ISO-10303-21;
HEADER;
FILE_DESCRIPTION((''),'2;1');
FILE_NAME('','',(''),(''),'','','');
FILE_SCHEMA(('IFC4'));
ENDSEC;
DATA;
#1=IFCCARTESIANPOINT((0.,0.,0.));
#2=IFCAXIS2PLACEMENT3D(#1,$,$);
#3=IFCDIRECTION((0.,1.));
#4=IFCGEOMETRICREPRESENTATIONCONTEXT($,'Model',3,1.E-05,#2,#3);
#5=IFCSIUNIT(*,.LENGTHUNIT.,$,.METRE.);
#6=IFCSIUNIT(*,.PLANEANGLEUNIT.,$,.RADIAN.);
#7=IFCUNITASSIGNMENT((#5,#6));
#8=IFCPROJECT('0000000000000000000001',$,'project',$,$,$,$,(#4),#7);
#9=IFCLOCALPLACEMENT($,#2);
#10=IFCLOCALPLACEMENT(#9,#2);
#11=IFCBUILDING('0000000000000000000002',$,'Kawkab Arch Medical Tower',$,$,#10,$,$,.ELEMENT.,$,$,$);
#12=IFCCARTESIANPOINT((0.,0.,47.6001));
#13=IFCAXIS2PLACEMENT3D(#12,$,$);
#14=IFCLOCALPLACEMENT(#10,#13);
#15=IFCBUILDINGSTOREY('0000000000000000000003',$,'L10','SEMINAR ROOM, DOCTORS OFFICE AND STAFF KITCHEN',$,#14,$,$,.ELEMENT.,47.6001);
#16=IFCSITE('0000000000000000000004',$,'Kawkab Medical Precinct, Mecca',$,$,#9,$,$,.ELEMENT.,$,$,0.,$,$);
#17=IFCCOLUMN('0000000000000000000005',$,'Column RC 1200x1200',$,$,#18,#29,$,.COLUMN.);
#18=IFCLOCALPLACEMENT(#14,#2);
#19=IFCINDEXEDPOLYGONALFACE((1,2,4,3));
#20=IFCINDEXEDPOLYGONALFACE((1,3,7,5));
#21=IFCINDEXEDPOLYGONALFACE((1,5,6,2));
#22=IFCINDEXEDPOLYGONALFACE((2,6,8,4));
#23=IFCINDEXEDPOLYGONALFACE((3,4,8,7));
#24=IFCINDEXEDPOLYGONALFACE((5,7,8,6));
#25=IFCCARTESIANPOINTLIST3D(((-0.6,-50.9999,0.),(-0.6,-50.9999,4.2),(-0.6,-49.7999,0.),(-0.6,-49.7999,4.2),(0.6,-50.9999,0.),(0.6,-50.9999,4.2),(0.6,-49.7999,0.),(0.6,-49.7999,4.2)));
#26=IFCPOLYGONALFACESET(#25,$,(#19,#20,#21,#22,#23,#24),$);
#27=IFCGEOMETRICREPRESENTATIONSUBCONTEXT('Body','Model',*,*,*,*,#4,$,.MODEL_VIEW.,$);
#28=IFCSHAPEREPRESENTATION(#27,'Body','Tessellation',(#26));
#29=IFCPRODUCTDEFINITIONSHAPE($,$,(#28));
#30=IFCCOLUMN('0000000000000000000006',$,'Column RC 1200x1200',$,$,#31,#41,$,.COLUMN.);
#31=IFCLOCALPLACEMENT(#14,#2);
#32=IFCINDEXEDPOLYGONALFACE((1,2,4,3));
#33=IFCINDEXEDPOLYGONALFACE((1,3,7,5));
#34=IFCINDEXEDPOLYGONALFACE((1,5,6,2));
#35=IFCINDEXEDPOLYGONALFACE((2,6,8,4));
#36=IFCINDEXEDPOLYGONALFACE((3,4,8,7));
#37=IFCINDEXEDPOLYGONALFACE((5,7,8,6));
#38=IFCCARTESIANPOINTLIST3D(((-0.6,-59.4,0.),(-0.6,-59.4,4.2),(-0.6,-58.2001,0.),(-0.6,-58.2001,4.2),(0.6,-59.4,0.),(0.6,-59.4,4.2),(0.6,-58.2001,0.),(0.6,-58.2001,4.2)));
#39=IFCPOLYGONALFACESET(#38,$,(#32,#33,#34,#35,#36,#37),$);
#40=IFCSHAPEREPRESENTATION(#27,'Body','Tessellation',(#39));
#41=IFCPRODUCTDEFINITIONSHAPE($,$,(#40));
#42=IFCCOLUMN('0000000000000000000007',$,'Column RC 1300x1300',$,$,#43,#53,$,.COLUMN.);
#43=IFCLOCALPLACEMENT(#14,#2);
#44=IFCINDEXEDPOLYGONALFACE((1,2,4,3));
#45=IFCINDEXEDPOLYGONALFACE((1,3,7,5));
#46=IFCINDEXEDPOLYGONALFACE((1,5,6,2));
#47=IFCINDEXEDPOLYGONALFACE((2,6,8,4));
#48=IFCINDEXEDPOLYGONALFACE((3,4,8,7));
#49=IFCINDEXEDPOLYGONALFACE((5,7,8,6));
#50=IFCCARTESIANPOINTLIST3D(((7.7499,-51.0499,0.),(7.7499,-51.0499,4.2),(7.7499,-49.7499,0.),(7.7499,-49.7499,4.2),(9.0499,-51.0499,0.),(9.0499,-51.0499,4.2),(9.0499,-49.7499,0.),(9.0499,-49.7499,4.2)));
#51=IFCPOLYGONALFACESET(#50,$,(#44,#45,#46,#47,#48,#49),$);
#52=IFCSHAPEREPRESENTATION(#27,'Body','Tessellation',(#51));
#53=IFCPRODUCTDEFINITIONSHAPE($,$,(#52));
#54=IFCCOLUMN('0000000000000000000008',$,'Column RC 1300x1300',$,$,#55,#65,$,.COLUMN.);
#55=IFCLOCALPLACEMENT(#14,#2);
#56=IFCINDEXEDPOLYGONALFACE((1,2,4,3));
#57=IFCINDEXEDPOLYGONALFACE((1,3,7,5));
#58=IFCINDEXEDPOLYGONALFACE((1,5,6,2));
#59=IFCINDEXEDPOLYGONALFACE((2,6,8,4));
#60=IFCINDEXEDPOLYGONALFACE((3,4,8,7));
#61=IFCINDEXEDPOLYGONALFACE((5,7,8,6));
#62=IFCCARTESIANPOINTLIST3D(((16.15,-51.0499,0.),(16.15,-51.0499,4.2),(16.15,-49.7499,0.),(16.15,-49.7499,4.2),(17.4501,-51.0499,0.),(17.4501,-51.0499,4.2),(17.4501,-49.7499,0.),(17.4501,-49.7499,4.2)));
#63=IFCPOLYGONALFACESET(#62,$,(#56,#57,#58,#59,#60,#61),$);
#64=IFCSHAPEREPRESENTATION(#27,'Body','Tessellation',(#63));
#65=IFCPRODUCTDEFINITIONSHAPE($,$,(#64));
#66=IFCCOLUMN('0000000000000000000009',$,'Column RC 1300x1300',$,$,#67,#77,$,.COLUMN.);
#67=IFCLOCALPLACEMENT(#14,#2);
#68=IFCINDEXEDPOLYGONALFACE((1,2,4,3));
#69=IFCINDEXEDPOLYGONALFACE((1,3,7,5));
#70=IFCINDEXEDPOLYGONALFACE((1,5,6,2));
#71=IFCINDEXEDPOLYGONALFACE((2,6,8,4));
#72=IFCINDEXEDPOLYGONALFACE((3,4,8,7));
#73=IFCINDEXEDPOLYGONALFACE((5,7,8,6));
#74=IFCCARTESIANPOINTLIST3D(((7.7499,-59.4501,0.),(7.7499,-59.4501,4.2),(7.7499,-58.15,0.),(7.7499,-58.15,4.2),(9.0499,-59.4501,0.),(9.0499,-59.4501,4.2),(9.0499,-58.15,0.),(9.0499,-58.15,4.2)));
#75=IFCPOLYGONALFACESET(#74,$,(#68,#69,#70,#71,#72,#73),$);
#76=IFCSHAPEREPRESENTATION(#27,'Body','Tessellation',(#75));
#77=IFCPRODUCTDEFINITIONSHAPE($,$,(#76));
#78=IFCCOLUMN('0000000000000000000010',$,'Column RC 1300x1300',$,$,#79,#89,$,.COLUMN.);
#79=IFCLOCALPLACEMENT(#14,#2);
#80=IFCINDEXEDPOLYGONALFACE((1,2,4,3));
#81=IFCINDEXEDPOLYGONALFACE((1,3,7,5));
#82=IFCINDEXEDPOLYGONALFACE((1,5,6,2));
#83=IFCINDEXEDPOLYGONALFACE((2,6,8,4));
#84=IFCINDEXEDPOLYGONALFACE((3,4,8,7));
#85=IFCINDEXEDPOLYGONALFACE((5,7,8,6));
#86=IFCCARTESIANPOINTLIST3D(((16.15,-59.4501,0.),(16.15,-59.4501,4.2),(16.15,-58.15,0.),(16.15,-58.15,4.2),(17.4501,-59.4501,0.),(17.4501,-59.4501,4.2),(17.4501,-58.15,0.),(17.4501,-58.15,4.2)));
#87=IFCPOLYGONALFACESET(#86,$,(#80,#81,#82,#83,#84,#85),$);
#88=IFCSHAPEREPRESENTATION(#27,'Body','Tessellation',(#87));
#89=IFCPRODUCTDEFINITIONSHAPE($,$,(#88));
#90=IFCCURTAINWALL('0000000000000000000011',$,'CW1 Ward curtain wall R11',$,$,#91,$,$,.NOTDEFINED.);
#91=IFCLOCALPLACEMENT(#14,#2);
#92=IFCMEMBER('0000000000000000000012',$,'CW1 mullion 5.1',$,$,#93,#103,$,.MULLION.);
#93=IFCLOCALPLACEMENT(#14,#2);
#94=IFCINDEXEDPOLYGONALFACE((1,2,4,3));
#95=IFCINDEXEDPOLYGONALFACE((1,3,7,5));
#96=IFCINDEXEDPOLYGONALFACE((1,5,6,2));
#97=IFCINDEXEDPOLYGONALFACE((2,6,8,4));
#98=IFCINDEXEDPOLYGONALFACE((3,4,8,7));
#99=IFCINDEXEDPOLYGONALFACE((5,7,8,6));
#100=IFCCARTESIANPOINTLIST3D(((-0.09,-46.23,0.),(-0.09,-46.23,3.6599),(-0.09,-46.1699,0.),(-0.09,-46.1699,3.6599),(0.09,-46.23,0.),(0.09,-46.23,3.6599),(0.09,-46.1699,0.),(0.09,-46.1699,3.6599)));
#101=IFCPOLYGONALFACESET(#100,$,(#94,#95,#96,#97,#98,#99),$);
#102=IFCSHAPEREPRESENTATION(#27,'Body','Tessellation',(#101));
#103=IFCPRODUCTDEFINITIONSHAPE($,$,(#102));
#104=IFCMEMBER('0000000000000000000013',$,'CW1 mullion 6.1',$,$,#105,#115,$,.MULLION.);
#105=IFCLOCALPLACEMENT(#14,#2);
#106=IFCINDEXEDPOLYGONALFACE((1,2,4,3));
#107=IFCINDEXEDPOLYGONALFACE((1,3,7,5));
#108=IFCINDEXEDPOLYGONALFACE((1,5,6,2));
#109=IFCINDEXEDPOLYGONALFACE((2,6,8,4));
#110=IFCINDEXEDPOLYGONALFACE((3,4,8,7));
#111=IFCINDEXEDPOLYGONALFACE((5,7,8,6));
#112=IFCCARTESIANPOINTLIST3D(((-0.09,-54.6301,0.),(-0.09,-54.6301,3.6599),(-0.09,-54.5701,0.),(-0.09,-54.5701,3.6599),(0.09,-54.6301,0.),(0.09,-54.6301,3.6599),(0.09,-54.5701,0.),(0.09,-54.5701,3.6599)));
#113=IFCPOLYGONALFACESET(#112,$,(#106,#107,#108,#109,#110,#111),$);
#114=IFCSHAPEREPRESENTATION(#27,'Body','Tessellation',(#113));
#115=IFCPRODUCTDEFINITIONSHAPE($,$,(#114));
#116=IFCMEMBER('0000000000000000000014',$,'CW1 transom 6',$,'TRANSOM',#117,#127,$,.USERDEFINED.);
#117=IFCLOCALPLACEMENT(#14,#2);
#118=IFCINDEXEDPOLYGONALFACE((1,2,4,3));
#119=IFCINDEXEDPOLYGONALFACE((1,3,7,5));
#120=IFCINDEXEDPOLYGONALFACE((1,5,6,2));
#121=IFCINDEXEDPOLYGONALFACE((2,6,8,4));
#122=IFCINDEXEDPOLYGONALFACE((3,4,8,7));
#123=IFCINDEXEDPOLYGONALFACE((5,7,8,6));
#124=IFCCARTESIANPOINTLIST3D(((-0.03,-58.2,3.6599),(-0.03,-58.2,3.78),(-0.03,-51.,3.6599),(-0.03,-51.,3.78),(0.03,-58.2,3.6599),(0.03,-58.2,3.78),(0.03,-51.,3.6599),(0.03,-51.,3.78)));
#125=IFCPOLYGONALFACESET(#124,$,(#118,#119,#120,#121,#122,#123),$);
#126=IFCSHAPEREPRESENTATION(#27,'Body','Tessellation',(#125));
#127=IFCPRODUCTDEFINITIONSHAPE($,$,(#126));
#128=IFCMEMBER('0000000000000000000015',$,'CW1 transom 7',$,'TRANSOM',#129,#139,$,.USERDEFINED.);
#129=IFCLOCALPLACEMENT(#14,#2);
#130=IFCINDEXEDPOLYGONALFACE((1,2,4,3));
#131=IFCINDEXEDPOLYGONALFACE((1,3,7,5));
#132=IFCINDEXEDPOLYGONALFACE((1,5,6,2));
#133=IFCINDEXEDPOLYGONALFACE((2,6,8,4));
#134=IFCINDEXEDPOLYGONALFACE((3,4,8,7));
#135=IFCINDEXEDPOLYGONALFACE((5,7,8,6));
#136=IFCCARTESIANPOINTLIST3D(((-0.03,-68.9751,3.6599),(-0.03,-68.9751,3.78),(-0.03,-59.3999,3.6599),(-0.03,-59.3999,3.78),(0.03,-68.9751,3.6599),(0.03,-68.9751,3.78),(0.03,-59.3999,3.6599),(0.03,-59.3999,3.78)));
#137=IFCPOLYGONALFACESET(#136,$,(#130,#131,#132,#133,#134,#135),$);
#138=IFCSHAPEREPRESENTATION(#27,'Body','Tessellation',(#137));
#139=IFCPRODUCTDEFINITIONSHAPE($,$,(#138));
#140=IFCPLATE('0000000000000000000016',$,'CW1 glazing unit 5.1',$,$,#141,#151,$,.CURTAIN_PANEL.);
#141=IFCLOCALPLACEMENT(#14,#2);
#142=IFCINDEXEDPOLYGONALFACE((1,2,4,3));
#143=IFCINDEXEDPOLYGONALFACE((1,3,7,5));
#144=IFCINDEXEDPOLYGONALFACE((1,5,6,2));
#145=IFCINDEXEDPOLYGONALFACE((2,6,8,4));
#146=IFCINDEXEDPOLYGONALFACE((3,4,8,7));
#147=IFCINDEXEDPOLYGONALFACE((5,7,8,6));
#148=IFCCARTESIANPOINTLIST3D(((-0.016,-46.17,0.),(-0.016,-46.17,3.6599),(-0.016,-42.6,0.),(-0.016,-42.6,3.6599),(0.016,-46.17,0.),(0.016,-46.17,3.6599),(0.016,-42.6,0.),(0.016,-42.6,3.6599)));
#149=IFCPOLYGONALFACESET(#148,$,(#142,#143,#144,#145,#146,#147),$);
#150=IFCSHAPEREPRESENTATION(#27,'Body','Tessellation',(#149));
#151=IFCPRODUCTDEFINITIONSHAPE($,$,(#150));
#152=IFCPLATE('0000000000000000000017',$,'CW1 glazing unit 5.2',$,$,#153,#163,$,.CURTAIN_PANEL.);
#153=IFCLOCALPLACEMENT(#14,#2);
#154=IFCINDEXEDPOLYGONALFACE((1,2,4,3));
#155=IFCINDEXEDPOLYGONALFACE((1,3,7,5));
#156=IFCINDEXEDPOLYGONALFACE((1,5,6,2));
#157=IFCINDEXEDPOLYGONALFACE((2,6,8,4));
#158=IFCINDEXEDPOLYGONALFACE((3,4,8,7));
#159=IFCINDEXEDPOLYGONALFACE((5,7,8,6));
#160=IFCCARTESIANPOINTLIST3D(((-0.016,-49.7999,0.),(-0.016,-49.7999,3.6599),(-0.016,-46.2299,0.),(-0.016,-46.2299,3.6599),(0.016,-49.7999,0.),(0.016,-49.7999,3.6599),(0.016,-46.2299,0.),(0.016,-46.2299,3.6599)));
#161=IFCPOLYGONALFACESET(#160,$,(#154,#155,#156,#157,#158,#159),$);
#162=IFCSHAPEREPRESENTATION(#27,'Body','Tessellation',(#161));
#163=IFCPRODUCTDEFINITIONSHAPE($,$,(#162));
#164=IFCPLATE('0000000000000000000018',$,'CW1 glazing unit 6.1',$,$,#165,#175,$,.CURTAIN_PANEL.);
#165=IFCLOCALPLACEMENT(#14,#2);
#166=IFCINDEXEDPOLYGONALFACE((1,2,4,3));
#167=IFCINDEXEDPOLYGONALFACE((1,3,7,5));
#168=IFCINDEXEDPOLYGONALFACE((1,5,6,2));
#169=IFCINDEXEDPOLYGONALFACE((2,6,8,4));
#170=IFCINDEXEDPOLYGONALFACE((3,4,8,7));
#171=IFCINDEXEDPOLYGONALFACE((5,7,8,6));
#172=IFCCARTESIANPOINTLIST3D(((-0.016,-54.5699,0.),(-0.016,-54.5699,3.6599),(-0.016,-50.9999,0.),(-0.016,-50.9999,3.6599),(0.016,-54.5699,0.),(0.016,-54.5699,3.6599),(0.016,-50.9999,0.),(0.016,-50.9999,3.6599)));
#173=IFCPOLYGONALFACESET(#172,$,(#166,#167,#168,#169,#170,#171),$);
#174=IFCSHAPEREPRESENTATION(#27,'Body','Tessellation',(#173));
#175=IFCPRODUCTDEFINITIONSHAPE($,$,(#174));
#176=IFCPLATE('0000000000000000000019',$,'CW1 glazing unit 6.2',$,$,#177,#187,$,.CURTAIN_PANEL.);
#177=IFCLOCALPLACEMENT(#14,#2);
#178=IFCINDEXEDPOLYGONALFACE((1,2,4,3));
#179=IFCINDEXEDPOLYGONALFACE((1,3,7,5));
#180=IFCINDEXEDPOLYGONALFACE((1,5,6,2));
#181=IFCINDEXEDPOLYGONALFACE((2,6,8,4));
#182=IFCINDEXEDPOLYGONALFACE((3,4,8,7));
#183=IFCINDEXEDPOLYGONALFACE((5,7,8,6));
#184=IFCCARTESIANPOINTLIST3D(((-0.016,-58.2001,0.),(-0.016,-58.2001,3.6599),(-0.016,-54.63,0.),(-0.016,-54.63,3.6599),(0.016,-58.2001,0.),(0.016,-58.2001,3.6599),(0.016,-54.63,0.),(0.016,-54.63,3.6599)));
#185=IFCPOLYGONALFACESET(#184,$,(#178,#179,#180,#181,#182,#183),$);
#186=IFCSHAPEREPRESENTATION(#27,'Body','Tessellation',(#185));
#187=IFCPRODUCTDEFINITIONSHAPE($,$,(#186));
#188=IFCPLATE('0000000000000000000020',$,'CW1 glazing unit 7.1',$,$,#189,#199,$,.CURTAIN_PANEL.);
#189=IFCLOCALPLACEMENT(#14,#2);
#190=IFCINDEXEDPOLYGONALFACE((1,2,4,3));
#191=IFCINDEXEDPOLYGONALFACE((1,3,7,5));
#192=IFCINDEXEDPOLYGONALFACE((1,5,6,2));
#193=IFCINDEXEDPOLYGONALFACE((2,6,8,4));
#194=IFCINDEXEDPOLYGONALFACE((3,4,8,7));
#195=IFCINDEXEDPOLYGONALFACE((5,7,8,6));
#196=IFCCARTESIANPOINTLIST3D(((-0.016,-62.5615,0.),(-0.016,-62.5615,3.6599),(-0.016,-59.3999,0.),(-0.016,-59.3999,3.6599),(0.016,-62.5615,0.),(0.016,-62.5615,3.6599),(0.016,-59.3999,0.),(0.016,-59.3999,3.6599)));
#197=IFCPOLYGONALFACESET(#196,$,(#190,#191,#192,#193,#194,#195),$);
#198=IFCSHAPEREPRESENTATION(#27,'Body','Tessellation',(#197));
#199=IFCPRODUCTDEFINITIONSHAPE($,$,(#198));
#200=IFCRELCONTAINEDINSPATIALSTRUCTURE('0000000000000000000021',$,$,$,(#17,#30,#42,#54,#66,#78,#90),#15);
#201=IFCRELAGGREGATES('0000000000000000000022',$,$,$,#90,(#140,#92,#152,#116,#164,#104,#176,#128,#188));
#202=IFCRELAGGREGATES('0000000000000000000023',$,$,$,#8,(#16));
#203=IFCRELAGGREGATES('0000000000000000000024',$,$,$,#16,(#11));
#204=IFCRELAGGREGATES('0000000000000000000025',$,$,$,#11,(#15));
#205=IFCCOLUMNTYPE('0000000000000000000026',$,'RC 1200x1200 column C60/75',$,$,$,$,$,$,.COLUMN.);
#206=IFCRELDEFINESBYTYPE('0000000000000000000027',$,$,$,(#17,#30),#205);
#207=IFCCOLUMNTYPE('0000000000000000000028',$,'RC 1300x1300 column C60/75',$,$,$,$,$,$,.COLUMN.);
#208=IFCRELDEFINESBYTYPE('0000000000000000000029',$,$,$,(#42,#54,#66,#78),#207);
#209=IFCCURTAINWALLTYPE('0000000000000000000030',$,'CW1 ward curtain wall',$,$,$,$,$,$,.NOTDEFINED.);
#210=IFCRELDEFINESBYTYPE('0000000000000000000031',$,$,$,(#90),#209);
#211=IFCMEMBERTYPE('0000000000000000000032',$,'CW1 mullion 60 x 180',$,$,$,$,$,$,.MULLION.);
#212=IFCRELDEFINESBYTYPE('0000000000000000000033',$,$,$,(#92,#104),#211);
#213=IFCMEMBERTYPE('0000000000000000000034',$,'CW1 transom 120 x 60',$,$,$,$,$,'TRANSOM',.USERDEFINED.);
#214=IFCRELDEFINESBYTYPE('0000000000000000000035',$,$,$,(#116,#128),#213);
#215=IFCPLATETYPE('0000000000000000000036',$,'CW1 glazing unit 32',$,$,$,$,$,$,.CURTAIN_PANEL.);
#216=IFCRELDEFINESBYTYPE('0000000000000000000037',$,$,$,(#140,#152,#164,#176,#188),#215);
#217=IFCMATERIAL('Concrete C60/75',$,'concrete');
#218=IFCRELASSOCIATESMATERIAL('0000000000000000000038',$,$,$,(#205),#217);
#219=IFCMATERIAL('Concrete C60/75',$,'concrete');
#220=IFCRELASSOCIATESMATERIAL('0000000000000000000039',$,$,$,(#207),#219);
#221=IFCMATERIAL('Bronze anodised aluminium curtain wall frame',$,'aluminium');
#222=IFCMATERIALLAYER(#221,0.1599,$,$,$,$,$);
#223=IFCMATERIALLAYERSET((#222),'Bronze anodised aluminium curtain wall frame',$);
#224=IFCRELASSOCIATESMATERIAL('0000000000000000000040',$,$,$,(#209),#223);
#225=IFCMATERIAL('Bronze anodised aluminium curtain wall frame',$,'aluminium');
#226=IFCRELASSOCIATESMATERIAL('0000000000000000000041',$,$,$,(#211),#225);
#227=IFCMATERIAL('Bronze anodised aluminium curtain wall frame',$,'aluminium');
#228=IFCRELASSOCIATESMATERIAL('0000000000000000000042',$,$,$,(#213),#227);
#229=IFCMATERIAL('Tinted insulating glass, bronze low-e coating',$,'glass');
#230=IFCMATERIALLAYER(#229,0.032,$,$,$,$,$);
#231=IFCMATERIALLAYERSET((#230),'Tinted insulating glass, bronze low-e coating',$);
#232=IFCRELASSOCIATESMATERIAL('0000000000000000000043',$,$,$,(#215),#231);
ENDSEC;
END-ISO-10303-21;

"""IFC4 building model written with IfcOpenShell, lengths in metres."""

from ifc_helpers import new_model, si_unit, direction, frame, origin, origin_2d, place, context, subcontext, project, spatial, rectangle, extrude, material, layer, layer_set, material_profile, profile_set, type_object, element, aggregate, save


model = new_model("IFC4")

# Units and contexts
model_context = context("Model", 3, precision=1e-05, world=origin(), true_north=direction((0.0, 1.0)))
body_context = subcontext(model_context, "Body", "Model", "MODEL_VIEW")
ifc_project = project(units=[si_unit("LENGTHUNIT", "METRE"), si_unit("PLANEANGLEUNIT", "RADIAN")], contexts=[model_context])

# Site, building, storey
site_placement = place(None, origin())
site = spatial("IfcSite", under=ifc_project, at=site_placement, Name="Kawkab Medical Precinct, Mecca", CompositionType="ELEMENT", RefElevation=0.0)
building_placement = place(site_placement, origin())
building = spatial("IfcBuilding", under=site, at=building_placement, Name="Kawkab Arch Medical Tower", CompositionType="ELEMENT")
storey_placement = place(building_placement, frame((0.0, 0.0, 47.6001)))
storey = spatial("IfcBuildingStorey", under=building, at=storey_placement, Name="L10", Description="SEMINAR ROOM, DOCTORS OFFICE AND STAFF KITCHEN", CompositionType="ELEMENT", Elevation=47.6001)

# Columns
ifc_material_1 = material(Name="Concrete C60/75", Category="concrete")
ifc_material_profile_1 = material_profile(ifc_material_1, rectangle(XDim=1.2, YDim=1.2, at=origin_2d()), Name="RC 1200x1200")
ifc_profile_set_1 = profile_set([ifc_material_profile_1], Name="Concrete C60/75")
column_type_1 = type_object("IfcColumnType", Name="RC 1200x1200 column C60/75", PredefinedType="COLUMN", material=ifc_profile_set_1)
for number, where, z_axis, x_axis, name in (
    (1, (0.0, -50.3999, 0.0), (0.0, 0.0, 1.0), (1.0, 0.0, 0.0), "Column RC 1200x1200"),
    (2, (0.0, -58.8, 0.0), (0.0, 0.0, 1.0), (1.0, 0.0, 0.0), "Column RC 1200x1200"),
):
    element("IfcColumn", number, at=place(storey_placement, frame(where, z_axis=z_axis, x_axis=x_axis)), inside=storey, type_object=column_type_1, Name=name, PredefinedType="COLUMN", context=body_context, shape_type="SweptSolid", body=[
        extrude(rectangle(XDim=1.2, YDim=1.2, at=origin_2d()), origin(), (0.0, 0.0, 1.0), 4.2),
    ])
ifc_material_2 = material(Name="Concrete C60/75", Category="concrete")
ifc_material_profile_2 = material_profile(ifc_material_2, rectangle(XDim=1.3, YDim=1.3, at=origin_2d()), Name="RC 1300x1300")
ifc_profile_set_2 = profile_set([ifc_material_profile_2], Name="Concrete C60/75")
column_type_2 = type_object("IfcColumnType", Name="RC 1300x1300 column C60/75", PredefinedType="COLUMN", material=ifc_profile_set_2)
for number, where, z_axis, x_axis, name in (
    (3, (8.3999, -50.3999, 0.0), (0.0, 0.0, 1.0), (1.0, 0.0, 0.0), "Column RC 1300x1300"),
    (4, (16.8, -50.3999, 0.0), (0.0, 0.0, 1.0), (1.0, 0.0, 0.0), "Column RC 1300x1300"),
    (5, (8.3999, -58.8, 0.0), (0.0, 0.0, 1.0), (1.0, 0.0, 0.0), "Column RC 1300x1300"),
    (6, (16.8, -58.8, 0.0), (0.0, 0.0, 1.0), (1.0, 0.0, 0.0), "Column RC 1300x1300"),
):
    element("IfcColumn", number, at=place(storey_placement, frame(where, z_axis=z_axis, x_axis=x_axis)), inside=storey, type_object=column_type_2, Name=name, PredefinedType="COLUMN", context=body_context, shape_type="SweptSolid", body=[
        extrude(rectangle(XDim=1.3, YDim=1.3, at=origin_2d()), origin(), (0.0, 0.0, 1.0), 4.2),
    ])

# Curtain wall, members, plates
ifc_material_3 = material(Name="Bronze anodised aluminium curtain wall frame", Category="aluminium")
ifc_layer_1 = layer(ifc_material_3, 0.1599)
ifc_layer_set_1 = layer_set([ifc_layer_1], Name="Bronze anodised aluminium curtain wall frame")
curtain_wall_type = type_object("IfcCurtainWallType", Name="CW1 ward curtain wall", PredefinedType="NOTDEFINED", material=ifc_layer_set_1)
curtain_wall_placement = place(storey_placement, origin())
curtain_wall = element("IfcCurtainWall", 7, at=curtain_wall_placement, inside=storey, type_object=curtain_wall_type, Name="CW1 Ward curtain wall R11", PredefinedType="NOTDEFINED")
ifc_material_4 = material(Name="Bronze anodised aluminium curtain wall frame", Category="aluminium")
ifc_material_profile_3 = material_profile(ifc_material_4, rectangle(XDim=0.1799, YDim=0.0601, at=origin_2d()), Name="AL 60x180")
ifc_profile_set_3 = profile_set([ifc_material_profile_3], Name="Bronze anodised aluminium curtain wall frame")
member_type_1 = type_object("IfcMemberType", Name="CW1 mullion 60 x 180", PredefinedType="MULLION", material=ifc_profile_set_3)
member_1_placement = place(storey_placement, frame((0.0, -46.2, 0.0), z_axis=(0.0, 0.0, 1.0), x_axis=(1.0, 0.0, 0.0)))
member_1 = element("IfcMember", 8, at=member_1_placement, type_object=member_type_1, Name="CW1 mullion 5.1", PredefinedType="MULLION", context=body_context, shape_type="SweptSolid", body=[
    extrude(rectangle(XDim=0.1799, YDim=0.0601, at=origin_2d()), origin(), (0.0, 0.0, 1.0), 3.6599),
])
member_2_placement = place(storey_placement, frame((0.0, -54.6001, 0.0), z_axis=(0.0, 0.0, 1.0), x_axis=(1.0, 0.0, 0.0)))
member_2 = element("IfcMember", 9, at=member_2_placement, type_object=member_type_1, Name="CW1 mullion 6.1", PredefinedType="MULLION", context=body_context, shape_type="SweptSolid", body=[
    extrude(rectangle(XDim=0.1799, YDim=0.0601, at=origin_2d()), origin(), (0.0, 0.0, 1.0), 3.6599),
])
ifc_material_5 = material(Name="Bronze anodised aluminium curtain wall frame", Category="aluminium")
ifc_material_profile_4 = material_profile(ifc_material_5, rectangle(XDim=0.0601, YDim=0.1201, at=origin_2d()), Name="AL 60x120")
ifc_profile_set_4 = profile_set([ifc_material_profile_4], Name="Bronze anodised aluminium curtain wall frame")
member_type_2 = type_object("IfcMemberType", Name="CW1 transom 120 x 60", ElementType="TRANSOM", PredefinedType="USERDEFINED", material=ifc_profile_set_4)
member_3_placement = place(storey_placement, frame((0.0, -51.0, 3.72), z_axis=(0.0, -1.0, 0.0), x_axis=(1.0, 0.0, 0.0)))
member_3 = element("IfcMember", 10, at=member_3_placement, type_object=member_type_2, Name="CW1 transom 6", ObjectType="TRANSOM", PredefinedType="USERDEFINED", context=body_context, shape_type="SweptSolid", body=[
    extrude(rectangle(XDim=0.0601, YDim=0.1201, at=origin_2d()), origin(), (0.0, 0.0, 1.0), 7.2),
])
member_4_placement = place(storey_placement, frame((0.0, -59.3999, 3.72), z_axis=(0.0, -1.0, 0.0), x_axis=(1.0, 0.0, 0.0)))
member_4 = element("IfcMember", 11, at=member_4_placement, type_object=member_type_2, Name="CW1 transom 7", ObjectType="TRANSOM", PredefinedType="USERDEFINED", context=body_context, shape_type="SweptSolid", body=[
    extrude(rectangle(XDim=0.0601, YDim=0.1201, at=origin_2d()), origin(), (0.0, 0.0, 1.0), 9.5752),
])
ifc_material_6 = material(Name="Tinted insulating glass, bronze low-e coating", Category="glass")
ifc_layer_2 = layer(ifc_material_6, 0.032)
ifc_layer_set_2 = layer_set([ifc_layer_2], Name="Tinted insulating glass, bronze low-e coating")
plate_type = type_object("IfcPlateType", Name="CW1 glazing unit 32", PredefinedType="CURTAIN_PANEL", material=ifc_layer_set_2)
plate_1_placement = place(storey_placement, frame((0.0, -44.385, 0.0), z_axis=(0.0, 0.0, 1.0), x_axis=(0.0, -1.0, 0.0)))
plate_1 = element("IfcPlate", 12, at=plate_1_placement, type_object=plate_type, Name="CW1 glazing unit 5.1", PredefinedType="CURTAIN_PANEL", context=body_context, shape_type="SweptSolid", body=[
    extrude(rectangle(XDim=3.5701, YDim=0.032, at=origin_2d()), origin(), (0.0, 0.0, 1.0), 3.6599),
])
plate_2_placement = place(storey_placement, frame((0.0, -48.0149, 0.0), z_axis=(0.0, 0.0, 1.0), x_axis=(0.0, -1.0, 0.0)))
plate_2 = element("IfcPlate", 13, at=plate_2_placement, type_object=plate_type, Name="CW1 glazing unit 5.2", PredefinedType="CURTAIN_PANEL", context=body_context, shape_type="SweptSolid", body=[
    extrude(rectangle(XDim=3.5701, YDim=0.032, at=origin_2d()), origin(), (0.0, 0.0, 1.0), 3.6599),
])
plate_3_placement = place(storey_placement, frame((0.0, -52.7849, 0.0), z_axis=(0.0, 0.0, 1.0), x_axis=(0.0, -1.0, 0.0)))
plate_3 = element("IfcPlate", 14, at=plate_3_placement, type_object=plate_type, Name="CW1 glazing unit 6.1", PredefinedType="CURTAIN_PANEL", context=body_context, shape_type="SweptSolid", body=[
    extrude(rectangle(XDim=3.5701, YDim=0.032, at=origin_2d()), origin(), (0.0, 0.0, 1.0), 3.6599),
])
plate_4_placement = place(storey_placement, frame((0.0, -56.415, 0.0), z_axis=(0.0, 0.0, 1.0), x_axis=(0.0, -1.0, 0.0)))
plate_4 = element("IfcPlate", 15, at=plate_4_placement, type_object=plate_type, Name="CW1 glazing unit 6.2", PredefinedType="CURTAIN_PANEL", context=body_context, shape_type="SweptSolid", body=[
    extrude(rectangle(XDim=3.5701, YDim=0.032, at=origin_2d()), origin(), (0.0, 0.0, 1.0), 3.6599),
])
plate_5_placement = place(storey_placement, frame((0.0, -60.9807, 0.0), z_axis=(0.0, 0.0, 1.0), x_axis=(0.0, -1.0, 0.0)))
plate_5 = element("IfcPlate", 16, at=plate_5_placement, type_object=plate_type, Name="CW1 glazing unit 7.1", PredefinedType="CURTAIN_PANEL", context=body_context, shape_type="SweptSolid", body=[
    extrude(rectangle(XDim=3.1616, YDim=0.032, at=origin_2d()), origin(), (0.0, 0.0, 1.0), 3.6599),
])
aggregate(curtain_wall, [plate_1, member_1, plate_2, member_3, plate_3, member_2, plate_4, member_4, plate_5])

save(model, "model.ifc")
